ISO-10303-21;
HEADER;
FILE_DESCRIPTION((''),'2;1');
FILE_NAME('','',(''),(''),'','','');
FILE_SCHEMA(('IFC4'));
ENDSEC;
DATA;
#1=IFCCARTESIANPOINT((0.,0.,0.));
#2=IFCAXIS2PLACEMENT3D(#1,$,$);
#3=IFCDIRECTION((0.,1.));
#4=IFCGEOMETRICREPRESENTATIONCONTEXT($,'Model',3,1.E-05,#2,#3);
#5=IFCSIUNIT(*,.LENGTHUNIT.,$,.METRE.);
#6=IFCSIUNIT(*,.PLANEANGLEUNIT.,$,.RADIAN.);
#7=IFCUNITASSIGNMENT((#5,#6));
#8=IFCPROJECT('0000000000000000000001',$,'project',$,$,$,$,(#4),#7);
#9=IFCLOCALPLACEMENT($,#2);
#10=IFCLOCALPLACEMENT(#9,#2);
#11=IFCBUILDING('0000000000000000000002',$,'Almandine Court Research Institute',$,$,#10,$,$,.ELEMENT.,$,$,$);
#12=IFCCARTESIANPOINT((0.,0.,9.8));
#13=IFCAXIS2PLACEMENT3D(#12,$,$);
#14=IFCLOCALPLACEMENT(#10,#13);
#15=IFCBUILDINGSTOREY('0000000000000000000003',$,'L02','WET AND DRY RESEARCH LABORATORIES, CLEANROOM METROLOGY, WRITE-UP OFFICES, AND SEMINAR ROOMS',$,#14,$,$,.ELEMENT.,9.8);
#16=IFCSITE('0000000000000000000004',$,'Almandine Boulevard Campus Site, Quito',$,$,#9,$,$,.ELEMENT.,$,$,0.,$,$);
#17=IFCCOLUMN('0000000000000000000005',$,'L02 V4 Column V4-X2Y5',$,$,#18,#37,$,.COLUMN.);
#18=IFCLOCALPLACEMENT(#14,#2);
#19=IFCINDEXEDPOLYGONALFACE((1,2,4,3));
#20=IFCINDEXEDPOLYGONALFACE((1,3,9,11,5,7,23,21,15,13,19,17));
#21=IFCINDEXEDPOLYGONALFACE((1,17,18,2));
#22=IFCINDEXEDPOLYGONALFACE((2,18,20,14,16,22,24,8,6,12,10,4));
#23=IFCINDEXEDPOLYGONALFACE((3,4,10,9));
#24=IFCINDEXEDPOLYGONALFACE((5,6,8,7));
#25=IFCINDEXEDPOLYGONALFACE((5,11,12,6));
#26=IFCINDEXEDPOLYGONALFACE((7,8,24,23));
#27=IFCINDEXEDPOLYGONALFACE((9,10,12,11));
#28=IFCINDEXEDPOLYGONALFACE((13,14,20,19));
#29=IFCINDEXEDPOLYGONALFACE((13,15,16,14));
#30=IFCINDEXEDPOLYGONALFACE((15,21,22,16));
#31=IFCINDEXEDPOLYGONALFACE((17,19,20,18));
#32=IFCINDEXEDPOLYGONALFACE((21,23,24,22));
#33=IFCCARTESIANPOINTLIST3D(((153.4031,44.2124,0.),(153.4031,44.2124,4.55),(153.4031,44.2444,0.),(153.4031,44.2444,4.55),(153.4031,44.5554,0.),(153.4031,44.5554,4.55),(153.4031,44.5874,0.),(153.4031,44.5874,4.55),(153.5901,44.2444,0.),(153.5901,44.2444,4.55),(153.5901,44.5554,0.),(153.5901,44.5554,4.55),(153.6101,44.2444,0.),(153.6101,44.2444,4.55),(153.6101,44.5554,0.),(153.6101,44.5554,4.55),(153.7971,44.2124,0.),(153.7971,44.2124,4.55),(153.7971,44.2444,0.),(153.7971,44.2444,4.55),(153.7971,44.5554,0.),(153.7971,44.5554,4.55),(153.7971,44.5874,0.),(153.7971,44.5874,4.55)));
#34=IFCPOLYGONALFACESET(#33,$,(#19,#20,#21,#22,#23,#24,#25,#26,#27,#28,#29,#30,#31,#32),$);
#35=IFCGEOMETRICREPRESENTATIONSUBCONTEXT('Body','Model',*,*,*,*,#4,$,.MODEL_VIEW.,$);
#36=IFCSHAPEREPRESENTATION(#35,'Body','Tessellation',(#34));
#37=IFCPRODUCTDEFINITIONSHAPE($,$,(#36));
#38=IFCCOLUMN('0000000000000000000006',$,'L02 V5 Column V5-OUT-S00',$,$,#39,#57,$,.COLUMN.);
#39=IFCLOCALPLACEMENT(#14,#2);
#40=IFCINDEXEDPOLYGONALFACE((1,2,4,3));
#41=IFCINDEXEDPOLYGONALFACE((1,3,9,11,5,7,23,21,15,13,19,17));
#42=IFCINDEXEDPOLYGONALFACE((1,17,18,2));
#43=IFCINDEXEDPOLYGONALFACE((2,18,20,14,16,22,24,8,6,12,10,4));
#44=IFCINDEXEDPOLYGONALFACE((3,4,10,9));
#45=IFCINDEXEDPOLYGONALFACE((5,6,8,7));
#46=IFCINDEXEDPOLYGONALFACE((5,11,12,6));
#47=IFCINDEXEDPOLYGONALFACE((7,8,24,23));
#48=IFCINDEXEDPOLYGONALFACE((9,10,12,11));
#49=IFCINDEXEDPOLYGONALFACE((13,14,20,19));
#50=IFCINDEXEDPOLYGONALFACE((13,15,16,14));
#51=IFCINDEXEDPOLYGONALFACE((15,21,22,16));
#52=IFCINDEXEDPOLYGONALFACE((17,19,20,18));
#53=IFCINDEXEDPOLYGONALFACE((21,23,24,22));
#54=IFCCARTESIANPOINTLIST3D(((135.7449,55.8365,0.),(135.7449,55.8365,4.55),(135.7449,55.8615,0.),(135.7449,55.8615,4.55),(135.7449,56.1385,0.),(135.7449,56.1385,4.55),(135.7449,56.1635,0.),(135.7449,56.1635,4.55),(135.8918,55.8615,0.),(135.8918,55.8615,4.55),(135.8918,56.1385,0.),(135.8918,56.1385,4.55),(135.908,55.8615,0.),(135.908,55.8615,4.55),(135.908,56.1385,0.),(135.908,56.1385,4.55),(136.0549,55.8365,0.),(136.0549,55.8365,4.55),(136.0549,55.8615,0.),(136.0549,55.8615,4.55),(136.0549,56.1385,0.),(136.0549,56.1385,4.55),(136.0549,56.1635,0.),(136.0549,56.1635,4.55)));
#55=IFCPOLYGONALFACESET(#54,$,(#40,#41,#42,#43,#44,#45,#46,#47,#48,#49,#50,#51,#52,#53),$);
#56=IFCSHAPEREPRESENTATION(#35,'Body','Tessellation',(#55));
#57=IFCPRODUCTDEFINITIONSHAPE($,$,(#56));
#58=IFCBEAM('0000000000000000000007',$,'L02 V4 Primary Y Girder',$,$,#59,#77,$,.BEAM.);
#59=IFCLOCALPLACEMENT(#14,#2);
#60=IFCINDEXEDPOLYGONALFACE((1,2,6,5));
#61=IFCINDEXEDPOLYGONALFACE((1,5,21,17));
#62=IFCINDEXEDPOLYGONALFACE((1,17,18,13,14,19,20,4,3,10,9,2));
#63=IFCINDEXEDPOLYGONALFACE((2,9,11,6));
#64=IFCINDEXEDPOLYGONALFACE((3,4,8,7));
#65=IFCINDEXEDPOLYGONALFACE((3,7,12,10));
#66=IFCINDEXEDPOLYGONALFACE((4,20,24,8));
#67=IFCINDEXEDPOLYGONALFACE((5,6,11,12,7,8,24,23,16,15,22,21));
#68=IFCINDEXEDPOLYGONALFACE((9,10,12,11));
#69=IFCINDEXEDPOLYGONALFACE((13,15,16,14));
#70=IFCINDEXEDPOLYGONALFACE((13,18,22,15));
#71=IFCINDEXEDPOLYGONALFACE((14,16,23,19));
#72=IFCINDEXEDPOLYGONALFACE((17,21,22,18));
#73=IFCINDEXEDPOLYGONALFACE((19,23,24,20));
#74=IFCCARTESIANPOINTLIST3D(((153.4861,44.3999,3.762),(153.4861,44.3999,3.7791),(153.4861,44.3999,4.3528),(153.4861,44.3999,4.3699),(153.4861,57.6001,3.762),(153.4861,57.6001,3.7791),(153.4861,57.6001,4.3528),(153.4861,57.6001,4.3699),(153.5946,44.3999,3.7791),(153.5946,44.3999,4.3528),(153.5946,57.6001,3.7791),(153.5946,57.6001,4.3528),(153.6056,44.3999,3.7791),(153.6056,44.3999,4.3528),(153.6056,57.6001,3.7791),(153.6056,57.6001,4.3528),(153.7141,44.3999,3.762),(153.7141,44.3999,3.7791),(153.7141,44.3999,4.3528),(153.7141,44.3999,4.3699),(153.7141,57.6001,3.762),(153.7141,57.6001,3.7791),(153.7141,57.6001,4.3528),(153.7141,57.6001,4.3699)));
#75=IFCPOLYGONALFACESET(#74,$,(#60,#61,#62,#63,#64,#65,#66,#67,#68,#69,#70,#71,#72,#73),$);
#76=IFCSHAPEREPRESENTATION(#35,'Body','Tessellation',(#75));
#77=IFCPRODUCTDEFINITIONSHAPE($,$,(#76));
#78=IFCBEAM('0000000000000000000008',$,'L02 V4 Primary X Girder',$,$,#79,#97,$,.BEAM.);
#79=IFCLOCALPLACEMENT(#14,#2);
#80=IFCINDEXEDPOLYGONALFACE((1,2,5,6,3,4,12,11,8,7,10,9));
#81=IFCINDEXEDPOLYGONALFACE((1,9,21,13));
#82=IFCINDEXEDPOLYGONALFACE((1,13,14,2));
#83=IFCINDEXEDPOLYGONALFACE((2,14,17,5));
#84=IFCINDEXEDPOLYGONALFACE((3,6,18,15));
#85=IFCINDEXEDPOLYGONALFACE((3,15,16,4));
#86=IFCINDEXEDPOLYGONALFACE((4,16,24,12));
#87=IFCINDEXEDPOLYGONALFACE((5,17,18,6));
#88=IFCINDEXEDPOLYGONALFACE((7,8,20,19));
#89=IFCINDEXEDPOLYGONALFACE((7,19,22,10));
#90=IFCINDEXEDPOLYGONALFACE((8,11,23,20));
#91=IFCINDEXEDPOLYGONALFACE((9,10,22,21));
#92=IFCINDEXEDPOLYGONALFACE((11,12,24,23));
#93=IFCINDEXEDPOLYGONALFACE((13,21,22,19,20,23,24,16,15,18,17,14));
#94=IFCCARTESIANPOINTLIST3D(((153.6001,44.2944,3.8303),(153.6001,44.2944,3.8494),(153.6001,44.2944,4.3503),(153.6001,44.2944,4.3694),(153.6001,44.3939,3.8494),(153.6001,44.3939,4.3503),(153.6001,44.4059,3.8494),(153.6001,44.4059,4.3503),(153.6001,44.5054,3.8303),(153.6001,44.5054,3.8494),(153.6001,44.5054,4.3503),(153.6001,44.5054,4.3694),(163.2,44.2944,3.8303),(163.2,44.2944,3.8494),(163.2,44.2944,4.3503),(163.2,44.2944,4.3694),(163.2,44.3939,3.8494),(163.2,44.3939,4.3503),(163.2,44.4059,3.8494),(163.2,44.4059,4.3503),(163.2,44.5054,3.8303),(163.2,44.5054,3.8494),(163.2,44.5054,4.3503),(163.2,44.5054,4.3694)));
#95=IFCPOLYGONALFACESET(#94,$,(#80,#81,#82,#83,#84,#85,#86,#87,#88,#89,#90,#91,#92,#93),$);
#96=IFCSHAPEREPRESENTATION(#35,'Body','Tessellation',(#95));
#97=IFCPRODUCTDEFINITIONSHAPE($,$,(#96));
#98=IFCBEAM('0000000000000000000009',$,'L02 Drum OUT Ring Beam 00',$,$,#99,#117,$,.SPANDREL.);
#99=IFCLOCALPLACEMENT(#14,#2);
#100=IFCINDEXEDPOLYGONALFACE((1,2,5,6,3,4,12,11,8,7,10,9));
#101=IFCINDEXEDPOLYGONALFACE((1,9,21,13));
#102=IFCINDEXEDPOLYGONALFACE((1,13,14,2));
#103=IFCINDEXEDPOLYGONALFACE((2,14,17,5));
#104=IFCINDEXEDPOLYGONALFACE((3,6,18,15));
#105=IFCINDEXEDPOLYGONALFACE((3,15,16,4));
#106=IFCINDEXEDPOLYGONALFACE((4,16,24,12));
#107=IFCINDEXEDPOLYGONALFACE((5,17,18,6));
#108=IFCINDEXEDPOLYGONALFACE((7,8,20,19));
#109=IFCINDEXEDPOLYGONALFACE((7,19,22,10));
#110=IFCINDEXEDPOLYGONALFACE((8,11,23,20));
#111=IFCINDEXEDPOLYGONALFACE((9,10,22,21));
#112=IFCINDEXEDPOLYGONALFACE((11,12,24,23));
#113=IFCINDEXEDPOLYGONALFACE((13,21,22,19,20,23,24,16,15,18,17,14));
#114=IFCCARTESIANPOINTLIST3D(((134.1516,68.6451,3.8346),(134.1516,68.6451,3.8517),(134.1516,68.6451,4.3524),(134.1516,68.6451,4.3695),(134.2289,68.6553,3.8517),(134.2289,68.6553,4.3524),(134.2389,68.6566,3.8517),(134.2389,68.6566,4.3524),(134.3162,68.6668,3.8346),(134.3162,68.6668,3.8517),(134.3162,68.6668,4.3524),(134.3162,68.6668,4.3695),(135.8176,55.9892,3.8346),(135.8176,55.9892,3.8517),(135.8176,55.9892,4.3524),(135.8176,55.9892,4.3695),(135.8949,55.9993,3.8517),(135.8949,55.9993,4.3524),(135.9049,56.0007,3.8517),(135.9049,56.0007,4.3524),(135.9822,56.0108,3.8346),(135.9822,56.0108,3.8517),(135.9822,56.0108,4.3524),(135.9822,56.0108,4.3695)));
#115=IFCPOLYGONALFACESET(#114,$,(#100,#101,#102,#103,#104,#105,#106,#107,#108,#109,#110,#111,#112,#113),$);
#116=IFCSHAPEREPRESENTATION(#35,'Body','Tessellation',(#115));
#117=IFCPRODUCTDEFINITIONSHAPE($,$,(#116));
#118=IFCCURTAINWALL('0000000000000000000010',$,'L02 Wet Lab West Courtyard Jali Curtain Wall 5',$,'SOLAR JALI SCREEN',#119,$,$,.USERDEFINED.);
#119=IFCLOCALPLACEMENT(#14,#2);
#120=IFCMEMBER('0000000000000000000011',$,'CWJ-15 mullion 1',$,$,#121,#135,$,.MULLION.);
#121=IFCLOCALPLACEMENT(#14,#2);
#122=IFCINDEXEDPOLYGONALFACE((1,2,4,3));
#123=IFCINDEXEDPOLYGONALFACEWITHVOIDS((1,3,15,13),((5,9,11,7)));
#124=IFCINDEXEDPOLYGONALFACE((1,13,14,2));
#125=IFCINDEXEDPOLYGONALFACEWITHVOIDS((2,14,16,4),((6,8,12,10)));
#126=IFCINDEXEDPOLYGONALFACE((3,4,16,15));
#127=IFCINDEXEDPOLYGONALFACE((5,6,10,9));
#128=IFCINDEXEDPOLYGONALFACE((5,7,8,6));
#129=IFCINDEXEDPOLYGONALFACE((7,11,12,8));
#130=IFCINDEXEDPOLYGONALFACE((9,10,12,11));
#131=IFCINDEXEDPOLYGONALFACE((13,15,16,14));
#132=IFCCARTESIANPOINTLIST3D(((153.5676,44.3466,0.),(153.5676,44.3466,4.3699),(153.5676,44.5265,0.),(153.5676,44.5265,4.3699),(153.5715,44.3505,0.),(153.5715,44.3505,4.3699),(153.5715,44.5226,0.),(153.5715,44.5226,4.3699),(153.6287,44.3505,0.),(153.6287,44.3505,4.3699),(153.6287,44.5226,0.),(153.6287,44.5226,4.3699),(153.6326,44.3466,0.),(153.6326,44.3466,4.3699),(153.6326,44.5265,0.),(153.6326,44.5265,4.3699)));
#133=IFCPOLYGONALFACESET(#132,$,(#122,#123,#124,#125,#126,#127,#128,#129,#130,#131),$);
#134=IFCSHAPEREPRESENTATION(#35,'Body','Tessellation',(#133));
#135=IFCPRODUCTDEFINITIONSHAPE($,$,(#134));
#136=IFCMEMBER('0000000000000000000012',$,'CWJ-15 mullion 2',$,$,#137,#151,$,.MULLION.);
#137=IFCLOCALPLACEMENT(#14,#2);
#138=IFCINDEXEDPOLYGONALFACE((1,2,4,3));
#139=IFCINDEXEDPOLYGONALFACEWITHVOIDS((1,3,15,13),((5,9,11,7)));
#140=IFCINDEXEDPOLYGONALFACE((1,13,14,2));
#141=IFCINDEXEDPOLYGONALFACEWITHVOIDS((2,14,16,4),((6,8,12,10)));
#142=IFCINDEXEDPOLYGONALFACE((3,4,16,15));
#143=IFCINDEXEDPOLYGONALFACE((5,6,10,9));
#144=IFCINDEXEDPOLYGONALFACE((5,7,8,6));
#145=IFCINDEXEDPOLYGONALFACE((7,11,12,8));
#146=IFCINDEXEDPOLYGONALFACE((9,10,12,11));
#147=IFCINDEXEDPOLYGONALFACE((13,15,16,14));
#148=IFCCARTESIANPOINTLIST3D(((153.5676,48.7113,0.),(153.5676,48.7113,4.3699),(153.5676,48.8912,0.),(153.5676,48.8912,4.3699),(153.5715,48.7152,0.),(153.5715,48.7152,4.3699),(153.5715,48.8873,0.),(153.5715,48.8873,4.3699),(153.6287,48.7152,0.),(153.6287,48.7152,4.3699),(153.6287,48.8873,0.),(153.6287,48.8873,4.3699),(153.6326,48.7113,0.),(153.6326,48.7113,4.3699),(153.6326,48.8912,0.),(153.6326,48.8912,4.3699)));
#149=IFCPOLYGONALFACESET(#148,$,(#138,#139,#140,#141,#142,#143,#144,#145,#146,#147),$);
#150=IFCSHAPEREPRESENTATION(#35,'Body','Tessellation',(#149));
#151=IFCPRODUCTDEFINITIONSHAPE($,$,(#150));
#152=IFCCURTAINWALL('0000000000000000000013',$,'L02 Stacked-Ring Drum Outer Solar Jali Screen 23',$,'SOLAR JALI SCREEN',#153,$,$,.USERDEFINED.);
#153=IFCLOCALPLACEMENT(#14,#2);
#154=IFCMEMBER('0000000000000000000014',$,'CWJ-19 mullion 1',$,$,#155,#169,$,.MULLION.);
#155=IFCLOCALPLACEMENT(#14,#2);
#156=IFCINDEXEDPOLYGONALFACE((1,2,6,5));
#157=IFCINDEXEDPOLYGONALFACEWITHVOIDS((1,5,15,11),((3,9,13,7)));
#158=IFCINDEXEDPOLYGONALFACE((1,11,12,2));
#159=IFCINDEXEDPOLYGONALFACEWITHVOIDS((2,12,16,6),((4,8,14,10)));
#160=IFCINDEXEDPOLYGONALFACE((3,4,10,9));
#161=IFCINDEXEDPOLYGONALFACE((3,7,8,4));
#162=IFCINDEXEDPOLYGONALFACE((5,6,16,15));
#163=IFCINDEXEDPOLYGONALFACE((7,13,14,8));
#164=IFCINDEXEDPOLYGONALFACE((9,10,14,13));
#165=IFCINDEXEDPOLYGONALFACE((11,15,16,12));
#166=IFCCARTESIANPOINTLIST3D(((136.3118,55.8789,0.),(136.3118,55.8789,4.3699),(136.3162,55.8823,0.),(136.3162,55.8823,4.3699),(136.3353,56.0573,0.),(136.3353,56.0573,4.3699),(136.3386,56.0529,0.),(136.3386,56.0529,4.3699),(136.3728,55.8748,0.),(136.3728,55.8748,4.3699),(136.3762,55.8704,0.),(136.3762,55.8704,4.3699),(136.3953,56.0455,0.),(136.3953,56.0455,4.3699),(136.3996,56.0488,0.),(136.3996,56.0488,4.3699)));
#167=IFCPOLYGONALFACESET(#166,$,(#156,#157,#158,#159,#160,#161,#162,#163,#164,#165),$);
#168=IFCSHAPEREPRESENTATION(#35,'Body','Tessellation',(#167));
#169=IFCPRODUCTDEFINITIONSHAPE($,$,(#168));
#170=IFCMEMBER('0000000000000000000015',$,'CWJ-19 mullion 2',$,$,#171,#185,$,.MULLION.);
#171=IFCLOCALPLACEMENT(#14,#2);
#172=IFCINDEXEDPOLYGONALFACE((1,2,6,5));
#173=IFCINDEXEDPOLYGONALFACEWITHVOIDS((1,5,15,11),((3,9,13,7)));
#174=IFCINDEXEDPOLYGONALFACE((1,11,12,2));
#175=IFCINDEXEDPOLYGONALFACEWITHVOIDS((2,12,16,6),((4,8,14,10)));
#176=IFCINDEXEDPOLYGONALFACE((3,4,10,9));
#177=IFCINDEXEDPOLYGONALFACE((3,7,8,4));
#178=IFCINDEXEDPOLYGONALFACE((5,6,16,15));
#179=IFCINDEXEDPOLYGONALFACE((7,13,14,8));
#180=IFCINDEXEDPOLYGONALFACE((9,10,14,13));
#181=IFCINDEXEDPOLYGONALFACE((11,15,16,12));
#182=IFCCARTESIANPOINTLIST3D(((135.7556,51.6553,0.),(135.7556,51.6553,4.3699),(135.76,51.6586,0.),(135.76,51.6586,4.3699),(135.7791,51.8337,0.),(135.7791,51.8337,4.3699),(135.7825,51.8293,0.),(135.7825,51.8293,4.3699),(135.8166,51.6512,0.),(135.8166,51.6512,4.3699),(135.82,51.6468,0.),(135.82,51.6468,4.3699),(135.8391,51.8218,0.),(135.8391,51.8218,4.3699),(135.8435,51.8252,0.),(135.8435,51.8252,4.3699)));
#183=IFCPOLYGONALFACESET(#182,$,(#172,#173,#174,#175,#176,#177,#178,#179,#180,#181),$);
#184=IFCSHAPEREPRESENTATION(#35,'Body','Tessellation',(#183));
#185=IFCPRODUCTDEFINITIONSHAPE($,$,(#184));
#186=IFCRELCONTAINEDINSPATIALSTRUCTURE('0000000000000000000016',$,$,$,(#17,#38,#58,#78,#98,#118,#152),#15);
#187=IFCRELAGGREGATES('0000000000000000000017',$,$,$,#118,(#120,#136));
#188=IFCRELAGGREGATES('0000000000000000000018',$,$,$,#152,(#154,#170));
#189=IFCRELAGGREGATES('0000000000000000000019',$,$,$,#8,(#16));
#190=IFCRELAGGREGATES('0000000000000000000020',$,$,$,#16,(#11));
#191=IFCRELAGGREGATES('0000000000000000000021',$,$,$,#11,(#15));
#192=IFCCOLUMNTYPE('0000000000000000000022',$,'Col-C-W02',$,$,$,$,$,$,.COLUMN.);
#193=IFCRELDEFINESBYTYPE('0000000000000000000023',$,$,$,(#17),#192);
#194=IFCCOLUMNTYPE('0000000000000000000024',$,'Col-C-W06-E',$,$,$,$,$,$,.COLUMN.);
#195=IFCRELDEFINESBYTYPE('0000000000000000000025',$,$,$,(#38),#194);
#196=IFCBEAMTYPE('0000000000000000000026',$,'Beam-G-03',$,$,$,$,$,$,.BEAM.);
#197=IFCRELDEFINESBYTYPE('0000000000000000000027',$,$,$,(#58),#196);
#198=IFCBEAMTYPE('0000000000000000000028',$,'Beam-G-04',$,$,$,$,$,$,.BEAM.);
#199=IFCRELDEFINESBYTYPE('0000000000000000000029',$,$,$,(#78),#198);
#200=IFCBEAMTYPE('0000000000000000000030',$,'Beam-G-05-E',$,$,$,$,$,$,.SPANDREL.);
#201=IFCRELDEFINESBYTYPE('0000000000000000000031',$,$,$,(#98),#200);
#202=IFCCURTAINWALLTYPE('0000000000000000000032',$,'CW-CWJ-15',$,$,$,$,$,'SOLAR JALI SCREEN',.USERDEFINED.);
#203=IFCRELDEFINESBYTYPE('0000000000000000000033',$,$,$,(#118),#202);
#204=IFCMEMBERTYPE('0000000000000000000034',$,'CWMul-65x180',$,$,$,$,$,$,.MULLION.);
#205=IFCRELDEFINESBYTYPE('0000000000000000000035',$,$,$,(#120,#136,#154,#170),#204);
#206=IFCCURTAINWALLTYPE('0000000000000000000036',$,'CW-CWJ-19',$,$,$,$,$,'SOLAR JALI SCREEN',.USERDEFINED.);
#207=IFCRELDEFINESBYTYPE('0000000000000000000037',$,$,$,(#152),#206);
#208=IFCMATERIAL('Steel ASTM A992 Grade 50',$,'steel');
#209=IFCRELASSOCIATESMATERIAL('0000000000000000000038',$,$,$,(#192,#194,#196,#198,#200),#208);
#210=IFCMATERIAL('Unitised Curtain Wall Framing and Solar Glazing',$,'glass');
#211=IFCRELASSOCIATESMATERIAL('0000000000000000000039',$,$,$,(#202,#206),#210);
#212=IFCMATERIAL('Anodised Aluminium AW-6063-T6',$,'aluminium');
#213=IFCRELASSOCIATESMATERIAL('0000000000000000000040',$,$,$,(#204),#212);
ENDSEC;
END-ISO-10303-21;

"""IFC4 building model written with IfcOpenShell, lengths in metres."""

from ifc_helpers import new_model, si_unit, direction, frame, origin, origin_2d, place, context, subcontext, project, spatial, hollow_rectangle, i_section, extrude, material, material_profile, profile_set, type_object, element, aggregate, save


model = new_model("IFC4")

# Units and contexts
model_context = context("Model", 3, precision=1e-05, world=origin(), true_north=direction((0.0, 1.0)))
body_context = subcontext(model_context, "Body", "Model", "MODEL_VIEW")
ifc_project = project(units=[si_unit("LENGTHUNIT", "METRE"), si_unit("PLANEANGLEUNIT", "RADIAN")], contexts=[model_context])

# Site, building, storey
site_placement = place(None, origin())
site = spatial("IfcSite", under=ifc_project, at=site_placement, Name="Almandine Boulevard Campus Site, Quito", CompositionType="ELEMENT", RefElevation=0.0)
building_placement = place(site_placement, origin())
building = spatial("IfcBuilding", under=site, at=building_placement, Name="Almandine Court Research Institute", CompositionType="ELEMENT")
storey_placement = place(building_placement, frame((0.0, 0.0, 9.8)))
storey = spatial("IfcBuildingStorey", under=building, at=storey_placement, Name="L02", Description="WET AND DRY RESEARCH LABORATORIES, CLEANROOM METROLOGY, WRITE-UP OFFICES, AND SEMINAR ROOMS", CompositionType="ELEMENT", Elevation=9.8)

# Columns
ifc_material_1 = material(Name="Steel ASTM A992 Grade 50", Category="steel")
ifc_material_profile_1 = material_profile(ifc_material_1, i_section(OverallWidth=0.394, OverallDepth=0.375, WebThickness=0.02, FlangeThickness=0.032, at=origin_2d()), Name="W360x216")
ifc_profile_set_1 = profile_set([ifc_material_profile_1], Name="Steel ASTM A992 Grade 50")
column_type_1 = type_object("IfcColumnType", Name="Col-C-W02", PredefinedType="COLUMN", material=ifc_profile_set_1)
column_1_placement = place(storey_placement, frame((153.6001, 44.3999, 0.0), z_axis=(0.0, 0.0, 1.0), x_axis=(1.0, 0.0, 0.0)))
element("IfcColumn", 1, at=column_1_placement, inside=storey, type_object=column_type_1, Name="L02 V4 Column V4-X2Y5", PredefinedType="COLUMN", context=body_context, shape_type="SweptSolid", body=[
    extrude(i_section(OverallWidth=0.394, OverallDepth=0.375, WebThickness=0.02, FlangeThickness=0.032, at=origin_2d()), origin(), (0.0, 0.0, 1.0), 4.55),
])
ifc_material_profile_2 = material_profile(ifc_material_1, i_section(OverallWidth=0.3101, OverallDepth=0.3269, WebThickness=0.0161, FlangeThickness=0.0249, at=origin_2d()), Name="W310x158")
ifc_profile_set_2 = profile_set([ifc_material_profile_2], Name="Steel ASTM A992 Grade 50")
column_type_2 = type_object("IfcColumnType", Name="Col-C-W06-E", PredefinedType="COLUMN", material=ifc_profile_set_2)
column_2_placement = place(storey_placement, frame((135.8999, 56.0, 0.0), z_axis=(0.0, 0.0, 1.0), x_axis=(1.0, 0.0, 0.0)))
element("IfcColumn", 2, at=column_2_placement, inside=storey, type_object=column_type_2, Name="L02 V5 Column V5-OUT-S00", PredefinedType="COLUMN", context=body_context, shape_type="SweptSolid", body=[
    extrude(i_section(OverallWidth=0.3101, OverallDepth=0.3269, WebThickness=0.0161, FlangeThickness=0.0249, at=origin_2d()), origin(), (0.0, 0.0, 1.0), 4.55),
])

# Beams
ifc_material_profile_3 = material_profile(ifc_material_1, i_section(OverallWidth=0.228, OverallDepth=0.6079, WebThickness=0.011, FlangeThickness=0.0171, at=origin_2d()), Name="W610x113")
ifc_profile_set_3 = profile_set([ifc_material_profile_3], Name="Steel ASTM A992 Grade 50")
beam_type_1 = type_object("IfcBeamType", Name="Beam-G-03", PredefinedType="BEAM", material=ifc_profile_set_3)
beam_1_placement = place(storey_placement, frame((153.6001, 44.3999, 4.0659), z_axis=(0.0, 1.0, 0.0), x_axis=(-1.0, 0.0, 0.0)))
element("IfcBeam", 3, at=beam_1_placement, inside=storey, type_object=beam_type_1, Name="L02 V4 Primary Y Girder", PredefinedType="BEAM", context=body_context, shape_type="SweptSolid", body=[
    extrude(i_section(OverallWidth=0.228, OverallDepth=0.6079, WebThickness=0.011, FlangeThickness=0.0171, at=origin_2d()), origin(), (0.0, 0.0, 1.0), 13.2002),
])
ifc_material_profile_4 = material_profile(ifc_material_1, i_section(OverallWidth=0.2109, OverallDepth=0.5391, WebThickness=0.012, FlangeThickness=0.019, at=origin_2d()), Name="W530x109")
ifc_profile_set_4 = profile_set([ifc_material_profile_4], Name="Steel ASTM A992 Grade 50")
beam_type_2 = type_object("IfcBeamType", Name="Beam-G-04", PredefinedType="BEAM", material=ifc_profile_set_4)
beam_2_placement = place(storey_placement, frame((153.6001, 44.3999, 4.0999), z_axis=(1.0, 0.0, 0.0), x_axis=(0.0, 1.0, 0.0)))
element("IfcBeam", 4, at=beam_2_placement, inside=storey, type_object=beam_type_2, Name="L02 V4 Primary X Girder", PredefinedType="BEAM", context=body_context, shape_type="SweptSolid", body=[
    extrude(i_section(OverallWidth=0.2109, OverallDepth=0.5391, WebThickness=0.012, FlangeThickness=0.019, at=origin_2d()), origin(), (0.0, 0.0, 1.0), 9.5999),
])
ifc_material_profile_5 = material_profile(ifc_material_1, i_section(OverallWidth=0.166, OverallDepth=0.5349, WebThickness=0.01, FlangeThickness=0.0171, at=origin_2d()), Name="W530x85")
ifc_profile_set_5 = profile_set([ifc_material_profile_5], Name="Steel ASTM A992 Grade 50")
beam_type_3 = type_object("IfcBeamType", Name="Beam-G-05-E", PredefinedType="SPANDREL", material=ifc_profile_set_5)
beam_3_placement = place(storey_placement, frame((135.8999, 56.0, 4.1021), z_axis=(-0.130512, 0.991447, 0.0), x_axis=(-0.991447, -0.130512, 0.0)))
element("IfcBeam", 5, at=beam_3_placement, inside=storey, type_object=beam_type_3, Name="L02 Drum OUT Ring Beam 00", PredefinedType="SPANDREL", context=body_context, shape_type="SweptSolid", body=[
    extrude(i_section(OverallWidth=0.166, OverallDepth=0.5349, WebThickness=0.01, FlangeThickness=0.0171, at=origin_2d()), origin(), (0.0, 0.0, 1.0), 12.7651),
])

# Curtain walls, members
ifc_material_2 = material(Name="Unitised Curtain Wall Framing and Solar Glazing", Category="glass")
curtain_wall_type_1 = type_object("IfcCurtainWallType", Name="CW-CWJ-15", ElementType="SOLAR JALI SCREEN", PredefinedType="USERDEFINED", material=ifc_material_2)
curtain_wall_1_placement = place(storey_placement, origin())
curtain_wall_1 = element("IfcCurtainWall", 6, at=curtain_wall_1_placement, inside=storey, type_object=curtain_wall_type_1, Name="L02 Wet Lab West Courtyard Jali Curtain Wall 5", ObjectType="SOLAR JALI SCREEN", PredefinedType="USERDEFINED")
ifc_material_3 = material(Name="Anodised Aluminium AW-6063-T6", Category="aluminium")
ifc_material_profile_6 = material_profile(ifc_material_3, hollow_rectangle(XDim=0.0649, YDim=0.1799, WallThickness=0.0039, at=origin_2d()), Name="ALU RHS 65x180x4")
ifc_profile_set_6 = profile_set([ifc_material_profile_6], Name="Anodised Aluminium AW-6063-T6")
member_type_1 = type_object("IfcMemberType", Name="CWMul-65x180", PredefinedType="MULLION", material=ifc_profile_set_6)
member_1_placement = place(storey_placement, frame((153.6001, 44.4365, 0.0), z_axis=(0.0, 0.0, 1.0), x_axis=(-1.0, 0.0, 0.0)))
member_1 = element("IfcMember", 7, at=member_1_placement, type_object=member_type_1, Name="CWJ-15 mullion 1", PredefinedType="MULLION", context=body_context, shape_type="SweptSolid", body=[
    extrude(hollow_rectangle(XDim=0.0649, YDim=0.1799, WallThickness=0.0039, at=origin_2d()), origin(), (0.0, 0.0, 1.0), 4.3699),
])
member_2_placement = place(storey_placement, frame((153.6001, 48.8013, 0.0), z_axis=(0.0, 0.0, 1.0), x_axis=(-1.0, 0.0, 0.0)))
member_2 = element("IfcMember", 8, at=member_2_placement, type_object=member_type_1, Name="CWJ-15 mullion 2", PredefinedType="MULLION", context=body_context, shape_type="SweptSolid", body=[
    extrude(hollow_rectangle(XDim=0.0649, YDim=0.1799, WallThickness=0.0039, at=origin_2d()), origin(), (0.0, 0.0, 1.0), 4.3699),
])
curtain_wall_type_2 = type_object("IfcCurtainWallType", Name="CW-CWJ-19", ElementType="SOLAR JALI SCREEN", PredefinedType="USERDEFINED", material=ifc_material_2)
curtain_wall_2_placement = place(storey_placement, origin())
curtain_wall_2 = element("IfcCurtainWall", 9, at=curtain_wall_2_placement, inside=storey, type_object=curtain_wall_type_2, Name="L02 Stacked-Ring Drum Outer Solar Jali Screen 23", ObjectType="SOLAR JALI SCREEN", PredefinedType="USERDEFINED")
member_3_placement = place(storey_placement, frame((136.3557, 55.9639, 0.0), z_axis=(0.0, 0.0, 1.0), x_axis=(0.991443, -0.130541, 0.0)))
member_3 = element("IfcMember", 10, at=member_3_placement, type_object=member_type_1, Name="CWJ-19 mullion 1", PredefinedType="MULLION", context=body_context, shape_type="SweptSolid", body=[
    extrude(hollow_rectangle(XDim=0.0649, YDim=0.1799, WallThickness=0.0039, at=origin_2d()), origin(), (0.0, 0.0, 1.0), 4.3699),
])
member_4_placement = place(storey_placement, frame((135.7996, 51.7402, 0.0), z_axis=(0.0, 0.0, 1.0), x_axis=(0.991443, -0.130541, 0.0)))
member_4 = element("IfcMember", 11, at=member_4_placement, type_object=member_type_1, Name="CWJ-19 mullion 2", PredefinedType="MULLION", context=body_context, shape_type="SweptSolid", body=[
    extrude(hollow_rectangle(XDim=0.0649, YDim=0.1799, WallThickness=0.0039, at=origin_2d()), origin(), (0.0, 0.0, 1.0), 4.3699),
])

aggregate(curtain_wall_1, [member_1, member_2])
aggregate(curtain_wall_2, [member_3, member_4])

save(model, "model.ifc")
